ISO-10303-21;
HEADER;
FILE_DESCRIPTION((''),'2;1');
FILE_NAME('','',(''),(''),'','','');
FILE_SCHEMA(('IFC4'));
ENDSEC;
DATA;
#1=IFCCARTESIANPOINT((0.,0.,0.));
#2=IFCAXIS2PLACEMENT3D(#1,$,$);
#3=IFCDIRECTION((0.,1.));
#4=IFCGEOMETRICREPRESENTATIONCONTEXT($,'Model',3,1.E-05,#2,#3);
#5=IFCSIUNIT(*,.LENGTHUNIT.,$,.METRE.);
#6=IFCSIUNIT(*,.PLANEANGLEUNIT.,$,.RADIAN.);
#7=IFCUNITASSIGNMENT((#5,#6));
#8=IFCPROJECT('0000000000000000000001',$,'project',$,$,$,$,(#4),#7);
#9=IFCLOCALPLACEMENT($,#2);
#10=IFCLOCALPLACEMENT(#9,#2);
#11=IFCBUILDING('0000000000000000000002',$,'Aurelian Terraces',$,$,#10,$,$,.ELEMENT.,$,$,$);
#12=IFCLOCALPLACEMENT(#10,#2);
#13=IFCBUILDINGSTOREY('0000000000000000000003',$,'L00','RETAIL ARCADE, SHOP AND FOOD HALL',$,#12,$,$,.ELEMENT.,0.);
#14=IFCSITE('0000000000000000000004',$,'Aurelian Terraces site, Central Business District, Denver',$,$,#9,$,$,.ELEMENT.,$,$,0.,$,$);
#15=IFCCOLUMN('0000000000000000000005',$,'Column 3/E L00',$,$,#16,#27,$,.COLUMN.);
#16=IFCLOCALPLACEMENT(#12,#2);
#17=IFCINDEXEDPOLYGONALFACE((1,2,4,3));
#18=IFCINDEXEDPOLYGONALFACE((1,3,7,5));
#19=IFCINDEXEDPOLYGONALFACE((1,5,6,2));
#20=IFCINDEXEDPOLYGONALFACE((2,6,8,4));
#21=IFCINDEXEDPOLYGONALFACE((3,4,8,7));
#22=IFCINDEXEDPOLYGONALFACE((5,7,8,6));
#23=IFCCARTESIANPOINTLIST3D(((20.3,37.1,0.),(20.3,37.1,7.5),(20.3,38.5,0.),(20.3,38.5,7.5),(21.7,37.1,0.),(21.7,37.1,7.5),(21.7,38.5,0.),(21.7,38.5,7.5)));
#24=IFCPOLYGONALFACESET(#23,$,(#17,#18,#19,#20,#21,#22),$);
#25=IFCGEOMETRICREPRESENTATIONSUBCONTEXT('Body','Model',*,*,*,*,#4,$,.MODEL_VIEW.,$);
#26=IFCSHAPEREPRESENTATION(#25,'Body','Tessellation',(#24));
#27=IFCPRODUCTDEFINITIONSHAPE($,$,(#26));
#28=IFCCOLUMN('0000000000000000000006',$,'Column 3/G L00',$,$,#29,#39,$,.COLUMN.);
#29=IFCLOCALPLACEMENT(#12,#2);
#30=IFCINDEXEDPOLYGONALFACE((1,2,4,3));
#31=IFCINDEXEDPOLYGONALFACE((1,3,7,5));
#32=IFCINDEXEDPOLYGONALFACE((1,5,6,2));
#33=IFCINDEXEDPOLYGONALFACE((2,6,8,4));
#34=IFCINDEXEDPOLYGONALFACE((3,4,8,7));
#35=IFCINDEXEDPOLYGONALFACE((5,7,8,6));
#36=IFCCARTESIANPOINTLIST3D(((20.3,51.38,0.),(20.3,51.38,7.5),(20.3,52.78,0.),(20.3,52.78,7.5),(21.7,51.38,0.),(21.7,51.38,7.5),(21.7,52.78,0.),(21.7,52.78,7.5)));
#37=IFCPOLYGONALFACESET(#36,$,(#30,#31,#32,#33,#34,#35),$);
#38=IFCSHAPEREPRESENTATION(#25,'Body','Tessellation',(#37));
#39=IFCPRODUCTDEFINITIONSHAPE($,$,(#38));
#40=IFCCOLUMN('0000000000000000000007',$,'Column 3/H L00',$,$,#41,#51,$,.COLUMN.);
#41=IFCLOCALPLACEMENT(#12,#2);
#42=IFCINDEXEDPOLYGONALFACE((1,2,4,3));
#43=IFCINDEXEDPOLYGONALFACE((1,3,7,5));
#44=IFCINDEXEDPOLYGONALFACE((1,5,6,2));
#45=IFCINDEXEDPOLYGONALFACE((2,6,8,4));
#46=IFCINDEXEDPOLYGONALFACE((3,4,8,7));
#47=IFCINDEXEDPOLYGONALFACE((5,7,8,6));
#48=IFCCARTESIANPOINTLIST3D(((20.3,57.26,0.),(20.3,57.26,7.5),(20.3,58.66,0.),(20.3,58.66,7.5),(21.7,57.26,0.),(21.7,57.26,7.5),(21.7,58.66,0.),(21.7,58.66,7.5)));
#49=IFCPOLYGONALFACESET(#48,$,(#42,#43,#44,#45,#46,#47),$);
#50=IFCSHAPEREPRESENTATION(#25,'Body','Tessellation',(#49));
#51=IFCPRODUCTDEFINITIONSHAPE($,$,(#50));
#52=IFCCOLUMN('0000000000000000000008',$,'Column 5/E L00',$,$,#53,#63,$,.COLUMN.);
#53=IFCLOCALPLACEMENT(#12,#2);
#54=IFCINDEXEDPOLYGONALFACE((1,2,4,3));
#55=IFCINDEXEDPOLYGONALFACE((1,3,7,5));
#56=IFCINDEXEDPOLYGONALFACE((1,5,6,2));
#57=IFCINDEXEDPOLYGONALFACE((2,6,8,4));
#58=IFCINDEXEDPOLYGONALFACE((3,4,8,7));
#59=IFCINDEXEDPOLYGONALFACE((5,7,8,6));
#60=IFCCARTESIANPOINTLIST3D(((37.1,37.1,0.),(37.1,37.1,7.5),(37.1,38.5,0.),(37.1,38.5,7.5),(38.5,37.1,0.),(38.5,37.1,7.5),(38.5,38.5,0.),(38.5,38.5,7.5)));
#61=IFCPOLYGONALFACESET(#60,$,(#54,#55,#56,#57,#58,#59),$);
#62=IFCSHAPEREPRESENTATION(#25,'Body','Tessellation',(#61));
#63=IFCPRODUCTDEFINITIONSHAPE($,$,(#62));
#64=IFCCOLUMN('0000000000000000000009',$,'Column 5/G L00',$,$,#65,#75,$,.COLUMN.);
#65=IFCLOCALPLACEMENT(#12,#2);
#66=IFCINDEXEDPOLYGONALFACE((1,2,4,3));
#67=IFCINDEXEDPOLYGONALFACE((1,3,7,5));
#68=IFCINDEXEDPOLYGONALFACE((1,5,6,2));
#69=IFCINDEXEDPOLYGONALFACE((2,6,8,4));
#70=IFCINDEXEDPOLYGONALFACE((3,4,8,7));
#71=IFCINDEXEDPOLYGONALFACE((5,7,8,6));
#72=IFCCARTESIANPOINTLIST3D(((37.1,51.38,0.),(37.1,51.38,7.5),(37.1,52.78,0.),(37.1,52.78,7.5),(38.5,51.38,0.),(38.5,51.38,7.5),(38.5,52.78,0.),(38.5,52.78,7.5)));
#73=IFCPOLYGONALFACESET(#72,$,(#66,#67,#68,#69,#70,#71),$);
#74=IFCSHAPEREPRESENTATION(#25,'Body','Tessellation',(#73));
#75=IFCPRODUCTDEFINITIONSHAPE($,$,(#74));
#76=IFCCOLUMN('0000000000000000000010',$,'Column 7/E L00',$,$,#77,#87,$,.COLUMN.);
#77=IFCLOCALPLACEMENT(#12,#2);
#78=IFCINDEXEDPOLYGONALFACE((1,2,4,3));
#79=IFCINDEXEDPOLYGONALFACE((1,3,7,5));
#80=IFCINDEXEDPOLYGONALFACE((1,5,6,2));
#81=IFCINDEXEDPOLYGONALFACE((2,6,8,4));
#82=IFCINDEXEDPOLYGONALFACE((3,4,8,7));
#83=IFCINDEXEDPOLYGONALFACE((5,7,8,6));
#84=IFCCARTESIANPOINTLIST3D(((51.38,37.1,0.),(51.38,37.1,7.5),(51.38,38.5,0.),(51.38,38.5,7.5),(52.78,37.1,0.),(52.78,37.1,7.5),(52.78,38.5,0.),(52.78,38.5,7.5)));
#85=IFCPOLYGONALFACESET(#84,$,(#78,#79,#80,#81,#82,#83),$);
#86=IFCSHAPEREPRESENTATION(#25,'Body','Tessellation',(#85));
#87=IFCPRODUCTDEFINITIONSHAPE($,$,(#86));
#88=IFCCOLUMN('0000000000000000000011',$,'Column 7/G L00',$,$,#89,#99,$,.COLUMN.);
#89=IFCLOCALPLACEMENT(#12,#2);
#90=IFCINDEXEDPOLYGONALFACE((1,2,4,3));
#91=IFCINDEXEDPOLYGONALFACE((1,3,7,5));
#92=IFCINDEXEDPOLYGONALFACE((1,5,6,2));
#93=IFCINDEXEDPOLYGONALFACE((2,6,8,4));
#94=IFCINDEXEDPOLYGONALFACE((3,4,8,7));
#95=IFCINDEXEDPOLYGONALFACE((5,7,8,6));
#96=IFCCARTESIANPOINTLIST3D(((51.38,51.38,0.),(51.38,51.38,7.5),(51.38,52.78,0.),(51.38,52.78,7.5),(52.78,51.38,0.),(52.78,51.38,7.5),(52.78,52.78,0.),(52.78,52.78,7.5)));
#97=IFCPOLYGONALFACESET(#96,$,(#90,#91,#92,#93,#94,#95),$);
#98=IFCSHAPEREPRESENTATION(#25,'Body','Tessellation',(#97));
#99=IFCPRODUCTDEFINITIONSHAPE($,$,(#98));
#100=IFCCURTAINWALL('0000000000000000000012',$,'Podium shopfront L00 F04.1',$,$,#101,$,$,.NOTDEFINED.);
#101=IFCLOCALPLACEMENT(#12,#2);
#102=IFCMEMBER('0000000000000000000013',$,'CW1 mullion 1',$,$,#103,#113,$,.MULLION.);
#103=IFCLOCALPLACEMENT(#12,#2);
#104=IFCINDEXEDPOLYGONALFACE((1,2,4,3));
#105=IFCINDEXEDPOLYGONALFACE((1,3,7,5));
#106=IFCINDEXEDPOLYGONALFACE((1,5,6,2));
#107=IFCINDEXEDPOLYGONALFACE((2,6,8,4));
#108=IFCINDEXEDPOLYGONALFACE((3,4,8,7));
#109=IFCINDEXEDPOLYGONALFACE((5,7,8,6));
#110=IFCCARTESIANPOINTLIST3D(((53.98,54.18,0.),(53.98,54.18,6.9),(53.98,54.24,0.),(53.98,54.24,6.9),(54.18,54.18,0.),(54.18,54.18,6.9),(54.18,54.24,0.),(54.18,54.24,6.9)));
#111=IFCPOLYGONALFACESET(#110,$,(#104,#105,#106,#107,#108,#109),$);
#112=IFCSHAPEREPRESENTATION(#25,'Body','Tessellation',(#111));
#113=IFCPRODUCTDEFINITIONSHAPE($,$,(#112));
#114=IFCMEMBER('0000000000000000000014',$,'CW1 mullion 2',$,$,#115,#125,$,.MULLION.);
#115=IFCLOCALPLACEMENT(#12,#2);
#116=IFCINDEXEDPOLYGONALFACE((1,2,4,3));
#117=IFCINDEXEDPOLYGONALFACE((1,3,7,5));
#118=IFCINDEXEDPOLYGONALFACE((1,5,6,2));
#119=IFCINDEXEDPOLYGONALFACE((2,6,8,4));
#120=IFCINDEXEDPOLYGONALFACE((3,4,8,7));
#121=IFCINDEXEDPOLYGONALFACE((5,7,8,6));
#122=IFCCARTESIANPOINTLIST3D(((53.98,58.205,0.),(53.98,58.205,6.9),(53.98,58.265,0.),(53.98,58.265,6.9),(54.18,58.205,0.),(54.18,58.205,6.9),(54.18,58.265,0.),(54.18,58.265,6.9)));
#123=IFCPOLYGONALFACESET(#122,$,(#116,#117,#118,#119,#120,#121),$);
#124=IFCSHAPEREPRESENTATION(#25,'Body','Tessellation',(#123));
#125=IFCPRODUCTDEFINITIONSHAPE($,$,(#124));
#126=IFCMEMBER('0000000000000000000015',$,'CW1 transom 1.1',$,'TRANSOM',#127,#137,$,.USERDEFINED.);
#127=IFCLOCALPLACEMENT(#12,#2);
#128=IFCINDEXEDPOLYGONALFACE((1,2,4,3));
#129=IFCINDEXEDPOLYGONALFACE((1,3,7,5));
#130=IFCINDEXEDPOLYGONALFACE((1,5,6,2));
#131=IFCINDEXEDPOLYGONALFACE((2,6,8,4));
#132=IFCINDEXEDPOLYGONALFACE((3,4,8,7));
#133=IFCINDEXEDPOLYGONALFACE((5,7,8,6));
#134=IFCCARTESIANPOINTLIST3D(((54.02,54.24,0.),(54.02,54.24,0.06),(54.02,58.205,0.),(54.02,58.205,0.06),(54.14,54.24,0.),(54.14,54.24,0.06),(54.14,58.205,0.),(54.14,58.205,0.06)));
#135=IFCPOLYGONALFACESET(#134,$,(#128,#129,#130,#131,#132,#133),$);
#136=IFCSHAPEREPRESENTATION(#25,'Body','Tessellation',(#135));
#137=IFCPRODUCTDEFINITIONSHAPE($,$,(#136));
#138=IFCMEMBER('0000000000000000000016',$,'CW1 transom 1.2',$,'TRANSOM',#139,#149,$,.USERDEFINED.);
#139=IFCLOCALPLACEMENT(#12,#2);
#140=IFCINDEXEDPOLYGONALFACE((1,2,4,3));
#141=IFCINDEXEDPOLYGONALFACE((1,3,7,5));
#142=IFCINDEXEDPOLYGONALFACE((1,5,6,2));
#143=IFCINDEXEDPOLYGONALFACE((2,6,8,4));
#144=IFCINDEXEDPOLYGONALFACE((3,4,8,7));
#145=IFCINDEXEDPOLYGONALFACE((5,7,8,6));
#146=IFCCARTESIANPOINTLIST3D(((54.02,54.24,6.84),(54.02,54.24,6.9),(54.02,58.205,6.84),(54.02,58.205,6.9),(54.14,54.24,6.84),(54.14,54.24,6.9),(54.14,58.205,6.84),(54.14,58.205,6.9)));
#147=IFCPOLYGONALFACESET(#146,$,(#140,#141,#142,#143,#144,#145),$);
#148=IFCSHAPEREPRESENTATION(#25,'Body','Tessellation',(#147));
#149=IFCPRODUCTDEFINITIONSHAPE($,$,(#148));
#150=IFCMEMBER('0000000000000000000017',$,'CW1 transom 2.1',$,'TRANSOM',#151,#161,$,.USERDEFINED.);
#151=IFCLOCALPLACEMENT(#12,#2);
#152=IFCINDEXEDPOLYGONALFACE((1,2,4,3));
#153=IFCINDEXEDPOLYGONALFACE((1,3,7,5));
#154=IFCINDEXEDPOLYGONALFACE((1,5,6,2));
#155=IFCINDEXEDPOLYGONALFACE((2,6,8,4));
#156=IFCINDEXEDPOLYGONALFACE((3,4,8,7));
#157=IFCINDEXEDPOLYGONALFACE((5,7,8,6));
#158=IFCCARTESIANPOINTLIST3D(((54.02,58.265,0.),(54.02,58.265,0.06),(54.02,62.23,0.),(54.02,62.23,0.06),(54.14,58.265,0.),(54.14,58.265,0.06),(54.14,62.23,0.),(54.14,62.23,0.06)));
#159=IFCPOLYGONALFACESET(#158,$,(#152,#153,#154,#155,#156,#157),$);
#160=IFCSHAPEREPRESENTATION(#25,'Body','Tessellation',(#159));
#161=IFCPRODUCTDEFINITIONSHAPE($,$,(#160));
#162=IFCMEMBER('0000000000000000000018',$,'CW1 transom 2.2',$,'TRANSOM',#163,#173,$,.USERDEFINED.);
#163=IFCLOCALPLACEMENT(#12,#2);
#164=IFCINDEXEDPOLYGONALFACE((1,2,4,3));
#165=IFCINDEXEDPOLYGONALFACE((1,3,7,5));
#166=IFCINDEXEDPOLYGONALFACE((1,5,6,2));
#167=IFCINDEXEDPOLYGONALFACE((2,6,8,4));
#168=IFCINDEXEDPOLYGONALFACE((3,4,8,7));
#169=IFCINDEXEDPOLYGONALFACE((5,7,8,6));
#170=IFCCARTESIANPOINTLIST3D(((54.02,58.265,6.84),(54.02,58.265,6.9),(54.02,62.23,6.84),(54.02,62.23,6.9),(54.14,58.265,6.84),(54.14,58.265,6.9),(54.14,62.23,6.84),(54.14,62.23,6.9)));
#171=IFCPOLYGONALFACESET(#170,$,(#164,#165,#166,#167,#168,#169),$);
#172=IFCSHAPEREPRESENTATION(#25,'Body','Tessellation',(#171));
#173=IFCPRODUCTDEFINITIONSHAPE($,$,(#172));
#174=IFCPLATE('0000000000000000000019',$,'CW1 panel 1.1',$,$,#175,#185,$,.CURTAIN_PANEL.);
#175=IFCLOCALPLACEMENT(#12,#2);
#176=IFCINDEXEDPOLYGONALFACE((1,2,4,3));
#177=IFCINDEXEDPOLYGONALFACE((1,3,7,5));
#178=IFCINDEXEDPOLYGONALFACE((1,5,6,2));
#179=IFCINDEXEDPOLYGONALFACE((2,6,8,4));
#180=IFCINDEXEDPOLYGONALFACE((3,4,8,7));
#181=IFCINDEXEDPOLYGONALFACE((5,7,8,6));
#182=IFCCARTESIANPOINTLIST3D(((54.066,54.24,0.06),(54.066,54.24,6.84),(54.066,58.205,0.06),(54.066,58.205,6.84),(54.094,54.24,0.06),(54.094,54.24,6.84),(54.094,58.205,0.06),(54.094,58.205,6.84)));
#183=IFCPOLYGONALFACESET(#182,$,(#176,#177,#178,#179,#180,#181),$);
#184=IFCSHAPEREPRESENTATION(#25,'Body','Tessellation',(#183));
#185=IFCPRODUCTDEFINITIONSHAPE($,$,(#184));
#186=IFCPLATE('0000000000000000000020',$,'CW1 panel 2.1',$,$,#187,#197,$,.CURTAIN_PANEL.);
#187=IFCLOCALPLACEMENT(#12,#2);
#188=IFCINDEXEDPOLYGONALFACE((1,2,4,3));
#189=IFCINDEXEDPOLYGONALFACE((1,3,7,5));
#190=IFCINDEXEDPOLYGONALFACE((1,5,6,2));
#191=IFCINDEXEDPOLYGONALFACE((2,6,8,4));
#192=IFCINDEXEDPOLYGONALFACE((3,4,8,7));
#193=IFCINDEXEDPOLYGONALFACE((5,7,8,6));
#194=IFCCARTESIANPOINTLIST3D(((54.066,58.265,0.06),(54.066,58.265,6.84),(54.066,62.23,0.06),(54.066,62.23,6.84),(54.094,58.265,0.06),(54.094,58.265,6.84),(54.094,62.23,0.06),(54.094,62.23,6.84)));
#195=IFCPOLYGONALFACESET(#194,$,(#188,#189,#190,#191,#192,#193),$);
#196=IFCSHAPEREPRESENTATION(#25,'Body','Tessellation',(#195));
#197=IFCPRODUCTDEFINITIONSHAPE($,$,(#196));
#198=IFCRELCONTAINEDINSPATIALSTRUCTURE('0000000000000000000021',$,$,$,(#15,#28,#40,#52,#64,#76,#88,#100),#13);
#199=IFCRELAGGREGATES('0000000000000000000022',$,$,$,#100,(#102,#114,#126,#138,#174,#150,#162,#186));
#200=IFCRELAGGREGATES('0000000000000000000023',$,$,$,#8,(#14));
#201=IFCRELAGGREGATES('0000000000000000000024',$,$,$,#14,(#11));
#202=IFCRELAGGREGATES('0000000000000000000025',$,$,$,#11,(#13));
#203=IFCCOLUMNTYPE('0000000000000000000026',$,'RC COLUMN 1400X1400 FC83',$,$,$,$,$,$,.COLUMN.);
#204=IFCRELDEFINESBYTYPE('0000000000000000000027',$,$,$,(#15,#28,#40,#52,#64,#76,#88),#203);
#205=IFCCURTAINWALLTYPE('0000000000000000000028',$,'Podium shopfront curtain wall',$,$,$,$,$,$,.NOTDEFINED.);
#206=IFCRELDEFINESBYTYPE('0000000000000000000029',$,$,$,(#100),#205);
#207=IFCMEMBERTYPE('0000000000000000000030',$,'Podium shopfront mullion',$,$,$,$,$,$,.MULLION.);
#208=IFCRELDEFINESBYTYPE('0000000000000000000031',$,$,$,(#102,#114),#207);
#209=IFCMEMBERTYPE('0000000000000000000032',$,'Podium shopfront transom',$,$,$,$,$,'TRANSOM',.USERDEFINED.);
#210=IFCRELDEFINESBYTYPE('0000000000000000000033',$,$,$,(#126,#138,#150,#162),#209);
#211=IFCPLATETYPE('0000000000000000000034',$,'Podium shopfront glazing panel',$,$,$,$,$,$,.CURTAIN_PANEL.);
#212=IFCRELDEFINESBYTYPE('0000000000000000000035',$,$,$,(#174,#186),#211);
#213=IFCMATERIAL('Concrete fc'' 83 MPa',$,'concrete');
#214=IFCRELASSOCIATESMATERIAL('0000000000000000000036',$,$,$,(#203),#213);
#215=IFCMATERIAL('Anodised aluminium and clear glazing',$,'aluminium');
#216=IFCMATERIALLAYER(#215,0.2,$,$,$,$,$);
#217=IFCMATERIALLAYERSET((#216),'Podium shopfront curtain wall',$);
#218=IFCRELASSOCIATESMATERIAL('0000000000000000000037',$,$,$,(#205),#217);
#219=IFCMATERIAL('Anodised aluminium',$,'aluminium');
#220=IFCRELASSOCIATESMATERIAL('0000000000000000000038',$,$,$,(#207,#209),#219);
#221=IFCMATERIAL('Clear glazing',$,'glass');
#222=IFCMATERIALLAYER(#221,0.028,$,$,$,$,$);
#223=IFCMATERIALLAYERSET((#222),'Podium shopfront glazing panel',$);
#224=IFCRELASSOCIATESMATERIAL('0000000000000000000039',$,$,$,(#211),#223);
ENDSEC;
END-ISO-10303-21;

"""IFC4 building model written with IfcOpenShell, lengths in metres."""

from ifc_helpers import new_model, si_unit, direction, frame, origin, origin_2d, place, context, subcontext, project, spatial, rectangle, extrude, source, transform, mapped, material, layer, layer_set, material_profile, profile_set, type_object, element, aggregate, save


model = new_model("IFC4")

# Units and contexts
model_context = context("Model", 3, precision=1e-05, world=origin(), true_north=direction((0.0, 1.0)))
body_context = subcontext(model_context, "Body", "Model", "MODEL_VIEW")
ifc_project = project(units=[si_unit("LENGTHUNIT", "METRE"), si_unit("PLANEANGLEUNIT", "RADIAN")], contexts=[model_context])

# Site, building, storey
site_placement = place(None, origin())
site = spatial("IfcSite", under=ifc_project, at=site_placement, Name="Aurelian Terraces site, Central Business District, Denver", CompositionType="ELEMENT", RefElevation=0.0)
building_placement = place(site_placement, origin())
building = spatial("IfcBuilding", under=site, at=building_placement, Name="Aurelian Terraces", CompositionType="ELEMENT")
storey_placement = place(building_placement, origin())
storey = spatial("IfcBuildingStorey", under=building, at=storey_placement, Name="L00", Description="RETAIL ARCADE, SHOP AND FOOD HALL", CompositionType="ELEMENT", Elevation=0.0)

# Columns
ifc_material_1 = material(Name="Concrete fc' 83 MPa", Category="concrete")
ifc_material_profile_1 = material_profile(ifc_material_1, rectangle(XDim=1.4, YDim=1.4, at=origin_2d()))
ifc_profile_set_1 = profile_set([ifc_material_profile_1], Name="Concrete fc' 83 MPa")
column_type = type_object("IfcColumnType", Name="RC COLUMN 1400X1400 FC83", PredefinedType="COLUMN", material=ifc_profile_set_1)
shared_shape_1 = source(origin(), body_context, "Body", "SweptSolid", [
    extrude(rectangle(XDim=1.4, YDim=1.4, at=origin_2d()), origin(), (0.0, 0.0, 1.0), 7.5),
])
for number, where, z_axis, x_axis, name in (
    (1, (21.0, 37.8, 0.0), (0.0, 0.0, 1.0), (1.0, 0.0, 0.0), "Column 3/E L00"),
    (2, (21.0, 52.08, 0.0), (0.0, 0.0, 1.0), (1.0, 0.0, 0.0), "Column 3/G L00"),
    (3, (21.0, 57.96, 0.0), (0.0, 0.0, 1.0), (1.0, 0.0, 0.0), "Column 3/H L00"),
    (4, (37.8, 37.8, 0.0), (0.0, 0.0, 1.0), (1.0, 0.0, 0.0), "Column 5/E L00"),
    (5, (37.8, 52.08, 0.0), (0.0, 0.0, 1.0), (1.0, 0.0, 0.0), "Column 5/G L00"),
    (6, (52.08, 37.8, 0.0), (0.0, 0.0, 1.0), (1.0, 0.0, 0.0), "Column 7/E L00"),
    (7, (52.08, 52.08, 0.0), (0.0, 0.0, 1.0), (1.0, 0.0, 0.0), "Column 7/G L00"),
):
    element("IfcColumn", number, at=place(storey_placement, frame(where, z_axis=z_axis, x_axis=x_axis)), inside=storey, type_object=column_type, Name=name, PredefinedType="COLUMN", context=body_context, shape_type="MappedRepresentation", body=[
        mapped(shared_shape_1, transform((0.0, 0.0, 0.0), scale=1.0)),
    ])

# Curtain wall, members, plates
ifc_material_2 = material(Name="Anodised aluminium and clear glazing", Category="aluminium")
ifc_layer_1 = layer(ifc_material_2, 0.2)
ifc_layer_set_1 = layer_set([ifc_layer_1], Name="Podium shopfront curtain wall")
curtain_wall_type = type_object("IfcCurtainWallType", Name="Podium shopfront curtain wall", PredefinedType="NOTDEFINED", material=ifc_layer_set_1)
curtain_wall_placement = place(storey_placement, origin())
curtain_wall = element("IfcCurtainWall", 8, at=curtain_wall_placement, inside=storey, type_object=curtain_wall_type, Name="Podium shopfront L00 F04.1", PredefinedType="NOTDEFINED")
ifc_material_3 = material(Name="Anodised aluminium", Category="aluminium")
ifc_material_profile_2 = material_profile(ifc_material_3, rectangle(XDim=0.2, YDim=0.06, at=origin_2d()))
ifc_profile_set_2 = profile_set([ifc_material_profile_2], Name="Anodised aluminium")
member_type_1 = type_object("IfcMemberType", Name="Podium shopfront mullion", PredefinedType="MULLION", material=ifc_profile_set_2)
shared_shape_2 = source(origin(), body_context, "Body", "SweptSolid", [
    extrude(rectangle(XDim=0.2, YDim=0.06, at=origin_2d()), origin(), (0.0, 0.0, 1.0), 6.9),
])
member_1_placement = place(storey_placement, frame((54.08, 54.21, 0.0), z_axis=(0.0, 0.0, 1.0), x_axis=(-1.0, 0.0, 0.0)))
member_1 = element("IfcMember", 9, at=member_1_placement, type_object=member_type_1, Name="CW1 mullion 1", PredefinedType="MULLION", context=body_context, shape_type="MappedRepresentation", body=[
    mapped(shared_shape_2, transform((0.0, 0.0, 0.0), scale=1.0)),
])
member_2_placement = place(storey_placement, frame((54.08, 58.235, 0.0), z_axis=(0.0, 0.0, 1.0), x_axis=(-1.0, 0.0, 0.0)))
member_2 = element("IfcMember", 10, at=member_2_placement, type_object=member_type_1, Name="CW1 mullion 2", PredefinedType="MULLION", context=body_context, shape_type="MappedRepresentation", body=[
    mapped(shared_shape_2, transform((0.0, 0.0, 0.0), scale=1.0)),
])
ifc_material_profile_3 = material_profile(ifc_material_3, rectangle(XDim=0.12, YDim=0.06, at=origin_2d()))
ifc_profile_set_3 = profile_set([ifc_material_profile_3], Name="Anodised aluminium")
member_type_2 = type_object("IfcMemberType", Name="Podium shopfront transom", ElementType="TRANSOM", PredefinedType="USERDEFINED", material=ifc_profile_set_3)
shared_shape_3 = source(origin(), body_context, "Body", "SweptSolid", [
    extrude(rectangle(XDim=0.12, YDim=0.06, at=origin_2d()), origin(), (0.0, 0.0, 1.0), 3.965),
])
member_3_placement = place(storey_placement, frame((54.08, 54.24, 0.03), z_axis=(0.0, 1.0, 0.0), x_axis=(-1.0, 0.0, 0.0)))
member_3 = element("IfcMember", 11, at=member_3_placement, type_object=member_type_2, Name="CW1 transom 1.1", ObjectType="TRANSOM", PredefinedType="USERDEFINED", context=body_context, shape_type="MappedRepresentation", body=[
    mapped(shared_shape_3, transform((0.0, 0.0, 0.0), scale=1.0)),
])
member_4_placement = place(storey_placement, frame((54.08, 54.24, 6.87), z_axis=(0.0, 1.0, 0.0), x_axis=(-1.0, 0.0, 0.0)))
member_4 = element("IfcMember", 12, at=member_4_placement, type_object=member_type_2, Name="CW1 transom 1.2", ObjectType="TRANSOM", PredefinedType="USERDEFINED", context=body_context, shape_type="MappedRepresentation", body=[
    mapped(shared_shape_3, transform((0.0, 0.0, 0.0), scale=1.0)),
])
member_5_placement = place(storey_placement, frame((54.08, 58.265, 0.03), z_axis=(0.0, 1.0, 0.0), x_axis=(-1.0, 0.0, 0.0)))
member_5 = element("IfcMember", 13, at=member_5_placement, type_object=member_type_2, Name="CW1 transom 2.1", ObjectType="TRANSOM", PredefinedType="USERDEFINED", context=body_context, shape_type="MappedRepresentation", body=[
    mapped(shared_shape_3, transform((0.0, 0.0, 0.0), scale=1.0)),
])
member_6_placement = place(storey_placement, frame((54.08, 58.265, 6.87), z_axis=(0.0, 1.0, 0.0), x_axis=(-1.0, 0.0, 0.0)))
member_6 = element("IfcMember", 14, at=member_6_placement, type_object=member_type_2, Name="CW1 transom 2.2", ObjectType="TRANSOM", PredefinedType="USERDEFINED", context=body_context, shape_type="MappedRepresentation", body=[
    mapped(shared_shape_3, transform((0.0, 0.0, 0.0), scale=1.0)),
])
ifc_material_4 = material(Name="Clear glazing", Category="glass")
ifc_layer_2 = layer(ifc_material_4, 0.028)
ifc_layer_set_2 = layer_set([ifc_layer_2], Name="Podium shopfront glazing panel")
plate_type = type_object("IfcPlateType", Name="Podium shopfront glazing panel", PredefinedType="CURTAIN_PANEL", material=ifc_layer_set_2)
shared_shape_4 = source(origin(), body_context, "Body", "SweptSolid", [
    extrude(rectangle(XDim=3.965, YDim=0.028, at=origin_2d()), origin(), (0.0, 0.0, 1.0), 6.78),
])
plate_1_placement = place(storey_placement, frame((54.08, 56.2225, 0.06), z_axis=(0.0, 0.0, 1.0), x_axis=(0.0, 1.0, 0.0)))
plate_1 = element("IfcPlate", 15, at=plate_1_placement, type_object=plate_type, Name="CW1 panel 1.1", PredefinedType="CURTAIN_PANEL", context=body_context, shape_type="MappedRepresentation", body=[
    mapped(shared_shape_4, transform((0.0, 0.0, 0.0), scale=1.0)),
])
plate_2_placement = place(storey_placement, frame((54.08, 60.2475, 0.06), z_axis=(0.0, 0.0, 1.0), x_axis=(0.0, 1.0, 0.0)))
plate_2 = element("IfcPlate", 16, at=plate_2_placement, type_object=plate_type, Name="CW1 panel 2.1", PredefinedType="CURTAIN_PANEL", context=body_context, shape_type="MappedRepresentation", body=[
    mapped(shared_shape_4, transform((0.0, 0.0, 0.0), scale=1.0)),
])
aggregate(curtain_wall, [member_1, member_2, member_3, member_4, plate_1, member_5, member_6, plate_2])

save(model, "model.ifc")
